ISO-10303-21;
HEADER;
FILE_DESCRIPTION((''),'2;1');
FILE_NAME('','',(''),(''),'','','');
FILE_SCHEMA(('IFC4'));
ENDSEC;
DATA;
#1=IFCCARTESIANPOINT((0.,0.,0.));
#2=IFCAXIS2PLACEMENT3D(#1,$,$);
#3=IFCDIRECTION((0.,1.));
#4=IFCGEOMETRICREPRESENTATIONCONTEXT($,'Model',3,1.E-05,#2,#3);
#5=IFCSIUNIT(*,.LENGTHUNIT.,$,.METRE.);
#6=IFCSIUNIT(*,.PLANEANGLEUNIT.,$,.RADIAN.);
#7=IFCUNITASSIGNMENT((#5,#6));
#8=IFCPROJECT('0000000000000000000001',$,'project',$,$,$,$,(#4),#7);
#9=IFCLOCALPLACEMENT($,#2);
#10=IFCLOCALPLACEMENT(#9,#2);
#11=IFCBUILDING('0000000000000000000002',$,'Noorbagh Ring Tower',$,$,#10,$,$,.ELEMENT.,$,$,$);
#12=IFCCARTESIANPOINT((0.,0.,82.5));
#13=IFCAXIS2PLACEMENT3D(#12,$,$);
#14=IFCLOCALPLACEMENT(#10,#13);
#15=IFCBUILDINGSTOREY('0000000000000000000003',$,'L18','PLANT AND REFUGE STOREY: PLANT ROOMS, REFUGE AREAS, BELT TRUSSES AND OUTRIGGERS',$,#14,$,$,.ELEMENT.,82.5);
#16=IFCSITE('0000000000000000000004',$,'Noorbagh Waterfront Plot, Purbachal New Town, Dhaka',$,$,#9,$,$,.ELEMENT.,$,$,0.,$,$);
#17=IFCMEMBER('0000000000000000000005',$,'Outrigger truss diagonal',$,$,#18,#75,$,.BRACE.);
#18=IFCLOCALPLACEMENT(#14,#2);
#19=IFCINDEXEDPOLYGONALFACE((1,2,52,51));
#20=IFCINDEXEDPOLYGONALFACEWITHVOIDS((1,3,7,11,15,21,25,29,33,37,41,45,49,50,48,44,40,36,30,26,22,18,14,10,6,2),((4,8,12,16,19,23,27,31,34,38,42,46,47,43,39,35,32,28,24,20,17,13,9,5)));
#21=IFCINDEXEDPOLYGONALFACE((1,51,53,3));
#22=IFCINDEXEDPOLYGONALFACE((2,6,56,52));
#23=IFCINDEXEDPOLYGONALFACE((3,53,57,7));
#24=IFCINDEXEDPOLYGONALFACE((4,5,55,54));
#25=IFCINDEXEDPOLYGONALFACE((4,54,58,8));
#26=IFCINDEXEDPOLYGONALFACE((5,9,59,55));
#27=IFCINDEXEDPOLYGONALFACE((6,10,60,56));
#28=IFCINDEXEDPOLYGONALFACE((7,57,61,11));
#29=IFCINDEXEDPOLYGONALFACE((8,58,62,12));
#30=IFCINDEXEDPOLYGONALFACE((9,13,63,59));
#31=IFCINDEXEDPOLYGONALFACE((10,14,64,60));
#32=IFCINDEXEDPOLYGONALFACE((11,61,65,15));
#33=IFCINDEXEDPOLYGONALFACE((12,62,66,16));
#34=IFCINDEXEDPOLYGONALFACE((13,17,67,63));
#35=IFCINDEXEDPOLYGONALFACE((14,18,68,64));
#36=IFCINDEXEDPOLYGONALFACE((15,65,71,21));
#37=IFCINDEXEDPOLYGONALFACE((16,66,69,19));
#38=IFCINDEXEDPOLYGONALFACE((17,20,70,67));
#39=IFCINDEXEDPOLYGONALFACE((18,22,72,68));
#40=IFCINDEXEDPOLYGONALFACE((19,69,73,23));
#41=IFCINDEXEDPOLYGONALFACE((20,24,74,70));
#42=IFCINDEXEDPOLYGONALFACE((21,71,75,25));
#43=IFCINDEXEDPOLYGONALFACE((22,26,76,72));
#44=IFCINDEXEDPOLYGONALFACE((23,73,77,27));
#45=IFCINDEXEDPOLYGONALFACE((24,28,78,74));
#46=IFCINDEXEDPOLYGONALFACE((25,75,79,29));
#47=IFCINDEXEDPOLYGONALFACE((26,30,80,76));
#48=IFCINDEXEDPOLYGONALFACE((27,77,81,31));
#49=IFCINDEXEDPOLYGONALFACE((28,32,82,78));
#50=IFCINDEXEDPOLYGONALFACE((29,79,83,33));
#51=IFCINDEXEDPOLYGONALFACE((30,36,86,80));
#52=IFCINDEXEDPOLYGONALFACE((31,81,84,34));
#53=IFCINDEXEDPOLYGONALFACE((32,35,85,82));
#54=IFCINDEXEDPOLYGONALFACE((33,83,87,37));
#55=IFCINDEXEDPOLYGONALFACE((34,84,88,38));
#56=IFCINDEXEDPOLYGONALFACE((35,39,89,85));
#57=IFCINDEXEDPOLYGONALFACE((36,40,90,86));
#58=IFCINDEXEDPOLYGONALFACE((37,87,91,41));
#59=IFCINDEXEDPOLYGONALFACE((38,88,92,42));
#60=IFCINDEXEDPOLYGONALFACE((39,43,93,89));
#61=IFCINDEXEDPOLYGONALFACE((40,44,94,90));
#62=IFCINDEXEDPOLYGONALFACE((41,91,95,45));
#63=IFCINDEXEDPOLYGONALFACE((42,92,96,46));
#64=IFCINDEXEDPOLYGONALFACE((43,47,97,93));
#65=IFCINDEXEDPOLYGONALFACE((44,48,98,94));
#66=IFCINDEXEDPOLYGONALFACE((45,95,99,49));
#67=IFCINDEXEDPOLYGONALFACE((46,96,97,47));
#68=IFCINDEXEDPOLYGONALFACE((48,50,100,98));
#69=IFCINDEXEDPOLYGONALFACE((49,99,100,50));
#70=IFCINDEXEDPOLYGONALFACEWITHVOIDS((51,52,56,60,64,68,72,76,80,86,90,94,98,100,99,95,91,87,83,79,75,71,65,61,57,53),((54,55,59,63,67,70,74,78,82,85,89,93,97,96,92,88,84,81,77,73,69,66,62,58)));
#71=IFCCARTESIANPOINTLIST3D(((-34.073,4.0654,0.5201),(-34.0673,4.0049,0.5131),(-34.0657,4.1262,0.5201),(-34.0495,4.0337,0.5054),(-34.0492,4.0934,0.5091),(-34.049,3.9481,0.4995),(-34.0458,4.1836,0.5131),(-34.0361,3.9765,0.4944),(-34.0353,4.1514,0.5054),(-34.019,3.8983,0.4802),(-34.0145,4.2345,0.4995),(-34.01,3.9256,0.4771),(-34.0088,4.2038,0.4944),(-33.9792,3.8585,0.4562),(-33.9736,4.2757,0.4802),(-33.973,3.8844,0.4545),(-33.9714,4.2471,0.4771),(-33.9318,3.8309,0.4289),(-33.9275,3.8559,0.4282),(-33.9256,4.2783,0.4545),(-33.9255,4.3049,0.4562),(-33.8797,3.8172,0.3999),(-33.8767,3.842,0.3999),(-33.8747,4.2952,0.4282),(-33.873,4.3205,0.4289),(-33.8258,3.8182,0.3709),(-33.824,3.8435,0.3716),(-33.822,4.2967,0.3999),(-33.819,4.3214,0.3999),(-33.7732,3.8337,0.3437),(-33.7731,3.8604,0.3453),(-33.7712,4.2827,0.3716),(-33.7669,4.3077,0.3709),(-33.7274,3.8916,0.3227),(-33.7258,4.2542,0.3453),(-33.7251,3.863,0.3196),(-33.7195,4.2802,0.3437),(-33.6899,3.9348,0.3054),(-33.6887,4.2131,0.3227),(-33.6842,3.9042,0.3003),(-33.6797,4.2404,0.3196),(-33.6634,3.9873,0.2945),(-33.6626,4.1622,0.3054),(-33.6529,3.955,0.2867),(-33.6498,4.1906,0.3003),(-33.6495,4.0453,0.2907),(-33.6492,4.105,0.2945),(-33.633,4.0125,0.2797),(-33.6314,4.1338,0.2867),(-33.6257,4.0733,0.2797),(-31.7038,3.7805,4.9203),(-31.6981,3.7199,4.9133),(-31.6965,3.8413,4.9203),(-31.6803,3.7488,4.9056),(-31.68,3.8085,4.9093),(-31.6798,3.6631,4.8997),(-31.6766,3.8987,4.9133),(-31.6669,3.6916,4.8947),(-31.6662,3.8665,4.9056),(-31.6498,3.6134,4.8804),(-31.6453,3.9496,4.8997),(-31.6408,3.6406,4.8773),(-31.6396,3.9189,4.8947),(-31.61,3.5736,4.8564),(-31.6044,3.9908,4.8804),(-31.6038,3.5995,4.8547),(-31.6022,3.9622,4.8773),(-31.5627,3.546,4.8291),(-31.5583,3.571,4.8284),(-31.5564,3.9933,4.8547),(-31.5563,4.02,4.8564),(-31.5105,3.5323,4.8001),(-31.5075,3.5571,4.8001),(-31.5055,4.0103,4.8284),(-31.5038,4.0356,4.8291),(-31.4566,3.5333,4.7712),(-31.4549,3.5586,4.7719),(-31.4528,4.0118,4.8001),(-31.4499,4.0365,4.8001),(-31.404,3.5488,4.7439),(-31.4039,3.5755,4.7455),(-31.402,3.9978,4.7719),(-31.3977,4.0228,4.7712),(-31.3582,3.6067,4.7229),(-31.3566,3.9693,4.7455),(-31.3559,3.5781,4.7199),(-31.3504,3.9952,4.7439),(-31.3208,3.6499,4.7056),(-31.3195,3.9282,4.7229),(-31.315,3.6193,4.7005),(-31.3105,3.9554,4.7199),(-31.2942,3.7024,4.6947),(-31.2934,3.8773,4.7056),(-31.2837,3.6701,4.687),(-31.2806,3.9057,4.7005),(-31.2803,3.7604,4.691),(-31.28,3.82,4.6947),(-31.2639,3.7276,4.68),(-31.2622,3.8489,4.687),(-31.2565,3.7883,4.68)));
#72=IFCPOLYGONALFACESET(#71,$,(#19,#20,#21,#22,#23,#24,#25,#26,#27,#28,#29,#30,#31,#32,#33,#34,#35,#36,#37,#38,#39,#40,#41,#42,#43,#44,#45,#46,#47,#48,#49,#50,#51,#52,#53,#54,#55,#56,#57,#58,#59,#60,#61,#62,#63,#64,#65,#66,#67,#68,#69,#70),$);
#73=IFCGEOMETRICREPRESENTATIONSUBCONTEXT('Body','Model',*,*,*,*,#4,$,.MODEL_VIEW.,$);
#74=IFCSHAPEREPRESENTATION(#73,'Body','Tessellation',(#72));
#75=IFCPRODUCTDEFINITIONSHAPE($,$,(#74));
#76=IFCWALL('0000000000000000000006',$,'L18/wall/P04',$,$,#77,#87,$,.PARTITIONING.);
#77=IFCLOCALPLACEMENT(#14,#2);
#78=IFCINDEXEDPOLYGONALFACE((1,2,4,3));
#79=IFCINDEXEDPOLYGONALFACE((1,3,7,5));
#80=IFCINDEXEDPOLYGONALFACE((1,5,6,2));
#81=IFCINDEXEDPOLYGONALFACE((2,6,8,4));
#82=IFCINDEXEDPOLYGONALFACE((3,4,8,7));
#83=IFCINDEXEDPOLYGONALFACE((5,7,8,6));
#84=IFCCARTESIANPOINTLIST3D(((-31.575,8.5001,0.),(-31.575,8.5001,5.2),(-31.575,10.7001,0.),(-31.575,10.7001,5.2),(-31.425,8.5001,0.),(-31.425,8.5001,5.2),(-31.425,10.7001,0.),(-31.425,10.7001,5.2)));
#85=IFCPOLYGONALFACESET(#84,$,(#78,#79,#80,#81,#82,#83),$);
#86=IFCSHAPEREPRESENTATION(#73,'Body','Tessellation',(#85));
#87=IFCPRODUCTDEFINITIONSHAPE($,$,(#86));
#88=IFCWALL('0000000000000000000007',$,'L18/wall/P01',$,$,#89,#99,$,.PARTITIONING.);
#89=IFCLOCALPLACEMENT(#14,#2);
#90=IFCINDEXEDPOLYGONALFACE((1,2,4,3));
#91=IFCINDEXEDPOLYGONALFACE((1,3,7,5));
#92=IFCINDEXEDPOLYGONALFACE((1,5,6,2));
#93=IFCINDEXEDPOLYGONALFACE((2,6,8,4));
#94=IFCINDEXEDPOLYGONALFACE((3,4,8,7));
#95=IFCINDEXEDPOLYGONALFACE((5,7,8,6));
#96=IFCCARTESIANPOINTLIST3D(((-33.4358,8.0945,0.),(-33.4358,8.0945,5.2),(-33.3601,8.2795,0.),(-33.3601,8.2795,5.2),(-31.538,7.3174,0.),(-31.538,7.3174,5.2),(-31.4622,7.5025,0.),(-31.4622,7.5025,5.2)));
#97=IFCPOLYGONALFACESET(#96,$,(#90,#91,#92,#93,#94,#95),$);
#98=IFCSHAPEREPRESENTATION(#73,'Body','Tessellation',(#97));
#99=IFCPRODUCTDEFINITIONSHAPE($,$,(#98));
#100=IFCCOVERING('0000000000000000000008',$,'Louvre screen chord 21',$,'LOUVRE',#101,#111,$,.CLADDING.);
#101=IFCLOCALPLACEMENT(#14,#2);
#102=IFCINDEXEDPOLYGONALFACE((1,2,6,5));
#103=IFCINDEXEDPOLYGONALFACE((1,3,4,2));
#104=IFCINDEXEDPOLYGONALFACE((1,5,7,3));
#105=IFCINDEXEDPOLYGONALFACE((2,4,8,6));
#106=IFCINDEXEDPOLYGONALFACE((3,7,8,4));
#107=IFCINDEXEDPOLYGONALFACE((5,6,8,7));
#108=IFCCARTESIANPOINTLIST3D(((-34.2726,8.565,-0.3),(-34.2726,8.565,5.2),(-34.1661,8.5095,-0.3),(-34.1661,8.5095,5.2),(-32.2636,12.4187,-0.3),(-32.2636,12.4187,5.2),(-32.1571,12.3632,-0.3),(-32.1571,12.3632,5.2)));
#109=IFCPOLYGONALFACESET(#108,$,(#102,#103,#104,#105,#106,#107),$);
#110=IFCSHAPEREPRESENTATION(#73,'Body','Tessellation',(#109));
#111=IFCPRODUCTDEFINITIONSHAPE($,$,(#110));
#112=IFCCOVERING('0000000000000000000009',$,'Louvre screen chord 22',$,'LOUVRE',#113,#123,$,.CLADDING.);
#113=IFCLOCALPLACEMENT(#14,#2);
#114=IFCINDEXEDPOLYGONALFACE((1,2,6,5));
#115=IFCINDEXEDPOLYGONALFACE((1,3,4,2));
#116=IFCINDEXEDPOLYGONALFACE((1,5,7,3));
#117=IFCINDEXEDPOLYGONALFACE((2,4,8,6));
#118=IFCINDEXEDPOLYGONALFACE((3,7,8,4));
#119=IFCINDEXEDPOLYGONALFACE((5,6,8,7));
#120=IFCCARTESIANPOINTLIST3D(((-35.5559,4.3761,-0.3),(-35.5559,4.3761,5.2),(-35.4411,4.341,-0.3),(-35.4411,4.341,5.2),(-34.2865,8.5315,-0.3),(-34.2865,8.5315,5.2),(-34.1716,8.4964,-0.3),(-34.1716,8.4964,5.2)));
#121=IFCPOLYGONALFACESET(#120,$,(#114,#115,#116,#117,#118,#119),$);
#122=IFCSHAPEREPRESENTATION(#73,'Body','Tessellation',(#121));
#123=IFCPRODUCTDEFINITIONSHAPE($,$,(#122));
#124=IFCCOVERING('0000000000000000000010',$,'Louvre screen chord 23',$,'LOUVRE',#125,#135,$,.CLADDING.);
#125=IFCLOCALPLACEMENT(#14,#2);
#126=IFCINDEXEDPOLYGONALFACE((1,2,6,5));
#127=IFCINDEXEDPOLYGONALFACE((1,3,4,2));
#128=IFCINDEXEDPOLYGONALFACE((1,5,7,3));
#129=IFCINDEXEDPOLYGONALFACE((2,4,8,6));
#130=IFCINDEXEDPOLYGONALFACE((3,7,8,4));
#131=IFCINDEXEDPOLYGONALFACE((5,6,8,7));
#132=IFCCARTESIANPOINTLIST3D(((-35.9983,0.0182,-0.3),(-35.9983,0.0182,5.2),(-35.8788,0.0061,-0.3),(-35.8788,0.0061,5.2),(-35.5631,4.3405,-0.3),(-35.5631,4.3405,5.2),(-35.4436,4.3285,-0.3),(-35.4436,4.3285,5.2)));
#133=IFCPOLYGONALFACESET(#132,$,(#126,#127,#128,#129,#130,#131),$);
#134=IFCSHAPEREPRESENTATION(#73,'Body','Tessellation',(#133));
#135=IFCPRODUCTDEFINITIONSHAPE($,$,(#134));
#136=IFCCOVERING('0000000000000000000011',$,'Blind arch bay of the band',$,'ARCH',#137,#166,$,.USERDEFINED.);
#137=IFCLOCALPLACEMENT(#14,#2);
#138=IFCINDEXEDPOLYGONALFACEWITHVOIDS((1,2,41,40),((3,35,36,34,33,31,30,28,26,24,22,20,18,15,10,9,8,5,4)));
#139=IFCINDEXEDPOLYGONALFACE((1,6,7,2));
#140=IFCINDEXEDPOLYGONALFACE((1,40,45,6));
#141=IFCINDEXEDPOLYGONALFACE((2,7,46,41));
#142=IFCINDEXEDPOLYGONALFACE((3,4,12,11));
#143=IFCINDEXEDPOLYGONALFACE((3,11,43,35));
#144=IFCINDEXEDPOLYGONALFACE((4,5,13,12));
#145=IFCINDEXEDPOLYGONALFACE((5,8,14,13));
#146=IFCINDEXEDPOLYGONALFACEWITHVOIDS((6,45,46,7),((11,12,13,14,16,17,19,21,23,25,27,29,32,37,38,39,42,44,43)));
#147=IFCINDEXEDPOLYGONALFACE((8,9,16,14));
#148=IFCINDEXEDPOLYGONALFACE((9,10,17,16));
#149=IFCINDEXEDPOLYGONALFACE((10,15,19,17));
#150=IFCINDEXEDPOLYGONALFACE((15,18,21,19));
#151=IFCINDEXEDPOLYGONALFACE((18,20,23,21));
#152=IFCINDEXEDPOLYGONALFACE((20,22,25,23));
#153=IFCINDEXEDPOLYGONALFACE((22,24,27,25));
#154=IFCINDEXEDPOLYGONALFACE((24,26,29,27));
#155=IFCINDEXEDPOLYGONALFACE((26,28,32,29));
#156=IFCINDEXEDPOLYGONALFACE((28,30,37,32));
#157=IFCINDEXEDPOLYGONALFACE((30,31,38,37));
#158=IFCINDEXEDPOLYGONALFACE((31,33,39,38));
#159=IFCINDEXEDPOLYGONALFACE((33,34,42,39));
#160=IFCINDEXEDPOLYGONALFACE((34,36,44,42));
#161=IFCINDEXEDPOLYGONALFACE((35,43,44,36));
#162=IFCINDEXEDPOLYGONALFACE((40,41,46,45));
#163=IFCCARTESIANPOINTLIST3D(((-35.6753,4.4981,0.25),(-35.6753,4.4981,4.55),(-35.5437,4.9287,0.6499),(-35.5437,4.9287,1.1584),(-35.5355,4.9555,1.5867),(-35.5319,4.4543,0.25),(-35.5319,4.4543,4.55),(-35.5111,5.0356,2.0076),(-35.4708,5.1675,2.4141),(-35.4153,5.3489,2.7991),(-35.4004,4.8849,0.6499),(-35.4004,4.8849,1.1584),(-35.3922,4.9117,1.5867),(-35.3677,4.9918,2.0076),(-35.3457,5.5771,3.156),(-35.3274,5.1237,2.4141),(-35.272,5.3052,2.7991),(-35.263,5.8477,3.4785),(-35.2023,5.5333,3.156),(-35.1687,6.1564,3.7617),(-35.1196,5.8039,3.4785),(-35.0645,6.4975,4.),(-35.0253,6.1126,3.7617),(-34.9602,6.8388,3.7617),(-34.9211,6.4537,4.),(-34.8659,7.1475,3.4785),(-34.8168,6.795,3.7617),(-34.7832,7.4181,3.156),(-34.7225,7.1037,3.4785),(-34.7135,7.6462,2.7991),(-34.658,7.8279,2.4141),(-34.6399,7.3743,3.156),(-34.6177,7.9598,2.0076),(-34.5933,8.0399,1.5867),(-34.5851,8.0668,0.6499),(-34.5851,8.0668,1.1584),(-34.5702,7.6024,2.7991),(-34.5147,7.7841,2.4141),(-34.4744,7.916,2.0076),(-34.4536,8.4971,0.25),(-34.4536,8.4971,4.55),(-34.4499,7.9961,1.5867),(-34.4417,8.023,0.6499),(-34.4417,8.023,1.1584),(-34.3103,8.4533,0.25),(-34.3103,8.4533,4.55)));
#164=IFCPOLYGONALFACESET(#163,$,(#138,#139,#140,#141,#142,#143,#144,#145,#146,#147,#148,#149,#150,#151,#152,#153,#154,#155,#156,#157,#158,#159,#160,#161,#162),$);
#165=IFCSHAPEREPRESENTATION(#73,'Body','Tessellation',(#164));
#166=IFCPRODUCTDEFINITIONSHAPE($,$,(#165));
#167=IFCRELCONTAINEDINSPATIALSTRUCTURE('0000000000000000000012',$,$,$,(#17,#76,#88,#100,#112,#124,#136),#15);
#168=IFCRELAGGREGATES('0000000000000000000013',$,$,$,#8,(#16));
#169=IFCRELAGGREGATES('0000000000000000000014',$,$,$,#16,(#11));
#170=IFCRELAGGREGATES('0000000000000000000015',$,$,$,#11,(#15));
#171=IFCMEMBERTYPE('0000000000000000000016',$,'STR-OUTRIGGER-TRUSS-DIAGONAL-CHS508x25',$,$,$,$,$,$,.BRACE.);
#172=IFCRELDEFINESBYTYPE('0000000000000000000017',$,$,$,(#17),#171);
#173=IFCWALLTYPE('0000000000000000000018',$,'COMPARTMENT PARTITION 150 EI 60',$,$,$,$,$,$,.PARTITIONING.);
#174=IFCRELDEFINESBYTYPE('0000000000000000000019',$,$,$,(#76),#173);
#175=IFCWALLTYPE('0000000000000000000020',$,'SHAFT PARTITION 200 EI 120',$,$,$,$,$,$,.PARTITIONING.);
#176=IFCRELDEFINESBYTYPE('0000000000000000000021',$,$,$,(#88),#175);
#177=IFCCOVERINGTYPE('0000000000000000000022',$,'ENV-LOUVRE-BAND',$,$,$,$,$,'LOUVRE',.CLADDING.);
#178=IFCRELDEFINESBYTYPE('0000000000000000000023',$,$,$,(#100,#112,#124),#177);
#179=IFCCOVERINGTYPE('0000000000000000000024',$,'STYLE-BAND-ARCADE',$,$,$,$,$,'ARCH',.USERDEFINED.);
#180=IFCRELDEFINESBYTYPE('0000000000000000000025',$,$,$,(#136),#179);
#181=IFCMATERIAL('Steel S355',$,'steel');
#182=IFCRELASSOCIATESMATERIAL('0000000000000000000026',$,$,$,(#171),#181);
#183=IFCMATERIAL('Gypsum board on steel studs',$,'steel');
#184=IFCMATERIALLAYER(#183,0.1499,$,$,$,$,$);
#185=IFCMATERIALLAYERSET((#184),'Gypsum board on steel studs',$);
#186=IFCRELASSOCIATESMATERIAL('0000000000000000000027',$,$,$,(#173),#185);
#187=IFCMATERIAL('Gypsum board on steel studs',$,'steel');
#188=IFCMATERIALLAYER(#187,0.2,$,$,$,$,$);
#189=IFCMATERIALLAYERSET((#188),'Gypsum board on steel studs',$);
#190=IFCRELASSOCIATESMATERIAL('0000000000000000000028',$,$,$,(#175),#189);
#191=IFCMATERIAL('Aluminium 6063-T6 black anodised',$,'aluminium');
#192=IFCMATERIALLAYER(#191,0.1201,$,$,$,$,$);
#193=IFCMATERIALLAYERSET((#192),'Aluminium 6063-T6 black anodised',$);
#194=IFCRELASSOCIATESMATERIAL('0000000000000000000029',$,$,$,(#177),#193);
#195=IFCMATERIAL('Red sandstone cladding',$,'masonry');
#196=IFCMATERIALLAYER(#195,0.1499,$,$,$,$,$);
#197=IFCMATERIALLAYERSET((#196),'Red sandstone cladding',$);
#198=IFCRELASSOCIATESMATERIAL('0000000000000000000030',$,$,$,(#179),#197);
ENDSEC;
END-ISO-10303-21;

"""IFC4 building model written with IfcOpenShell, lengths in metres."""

from ifc_helpers import new_model, si_unit, direction, frame, frame_2d, origin, origin_2d, place, context, subcontext, project, spatial, polyline, rectangle, hollow_circle, outline, extrude, material, layer, layer_set, material_profile, profile_set, type_object, element, save


model = new_model("IFC4")

# Units and contexts
model_context = context("Model", 3, precision=1e-05, world=origin(), true_north=direction((0.0, 1.0)))
body_context = subcontext(model_context, "Body", "Model", "MODEL_VIEW")
ifc_project = project(units=[si_unit("LENGTHUNIT", "METRE"), si_unit("PLANEANGLEUNIT", "RADIAN")], contexts=[model_context])

# Site, building, storey
site_placement = place(None, origin())
site = spatial("IfcSite", under=ifc_project, at=site_placement, Name="Noorbagh Waterfront Plot, Purbachal New Town, Dhaka", CompositionType="ELEMENT", RefElevation=0.0)
building_placement = place(site_placement, origin())
building = spatial("IfcBuilding", under=site, at=building_placement, Name="Noorbagh Ring Tower", CompositionType="ELEMENT")
storey_placement = place(building_placement, frame((0.0, 0.0, 82.5)))
storey = spatial("IfcBuildingStorey", under=building, at=storey_placement, Name="L18", Description="PLANT AND REFUGE STOREY: PLANT ROOMS, REFUGE AREAS, BELT TRUSSES AND OUTRIGGERS", CompositionType="ELEMENT", Elevation=82.5)

# Member
ifc_material_1 = material(Name="Steel S355", Category="steel")
ifc_material_profile_1 = material_profile(ifc_material_1, hollow_circle(Radius=0.2539, WallThickness=0.0249, at=origin_2d()), Name="CHS508x25")
ifc_profile_set_1 = profile_set([ifc_material_profile_1], Name="Steel S355")
member_type_1 = type_object("IfcMemberType", Name="STR-OUTRIGGER-TRUSS-DIAGONAL-CHS508x25", PredefinedType="BRACE", material=ifc_profile_set_1)
member_1_placement = place(storey_placement, frame((-33.8494, 4.0693, 0.3999), z_axis=(0.473305, -0.05692, 0.879058), x_axis=(0.119399, 0.992846, 0.0)))
element("IfcMember", 1, at=member_1_placement, inside=storey, type_object=member_type_1, Name="Outrigger truss diagonal", PredefinedType="BRACE", context=body_context, shape_type="SweptSolid", body=[
    extrude(hollow_circle(Radius=0.2539, WallThickness=0.0249, at=origin_2d()), origin(), (0.0, 0.0, 1.0), 5.0056),
])

# Walls
ifc_material_2 = material(Name="Gypsum board on steel studs", Category="steel")
ifc_layer_1 = layer(ifc_material_2, 0.1499)
ifc_layer_set_1 = layer_set([ifc_layer_1], Name="Gypsum board on steel studs")
wall_type_1 = type_object("IfcWallType", Name="COMPARTMENT PARTITION 150 EI 60", PredefinedType="PARTITIONING", material=ifc_layer_set_1)
wall_1_placement = place(storey_placement, frame((-31.5, 8.5, 0.0), z_axis=(0.0, 0.0, 1.0), x_axis=(0.0, 1.0, 0.0)))
element("IfcWall", 2, at=wall_1_placement, inside=storey, type_object=wall_type_1, Name="L18/wall/P04", PredefinedType="PARTITIONING", context=body_context, shape_type="SweptSolid", body=[
    extrude(rectangle(XDim=2.2, YDim=0.1499, at=frame_2d((1.1001, 0.0))), origin(), (0.0, 0.0, 1.0), 5.2),
])
ifc_material_3 = material(Name="Gypsum board on steel studs", Category="steel")
ifc_layer_2 = layer(ifc_material_3, 0.2)
ifc_layer_set_2 = layer_set([ifc_layer_2], Name="Gypsum board on steel studs")
wall_type_2 = type_object("IfcWallType", Name="SHAFT PARTITION 200 EI 120", PredefinedType="PARTITIONING", material=ifc_layer_set_2)
wall_2_placement = place(storey_placement, frame((-33.3979, 8.187, 0.0), z_axis=(0.0, 0.0, 1.0), x_axis=(0.925433, -0.378911, 0.0)))
element("IfcWall", 3, at=wall_2_placement, inside=storey, type_object=wall_type_2, Name="L18/wall/P01", PredefinedType="PARTITIONING", context=body_context, shape_type="SweptSolid", body=[
    extrude(rectangle(XDim=2.0508, YDim=0.2, at=frame_2d((1.0254, 0.0))), origin(), (0.0, 0.0, 1.0), 5.2),
])

# Coverings
ifc_material_4 = material(Name="Aluminium 6063-T6 black anodised", Category="aluminium")
ifc_layer_3 = layer(ifc_material_4, 0.1201)
ifc_layer_set_3 = layer_set([ifc_layer_3], Name="Aluminium 6063-T6 black anodised")
covering_type_1 = type_object("IfcCoveringType", Name="ENV-LOUVRE-BAND", ElementType="LOUVRE", PredefinedType="CLADDING", material=ifc_layer_set_3)
covering_1_placement = place(storey_placement, frame((-33.2148, 10.4641, -0.3), z_axis=(0.0, 0.0, 1.0), x_axis=(-0.462278, -0.886735, 0.0)))
element("IfcCovering", 4, at=covering_1_placement, inside=storey, type_object=covering_type_1, Name="Louvre screen chord 21", ObjectType="LOUVRE", PredefinedType="CLADDING", context=body_context, shape_type="SweptSolid", body=[
    extrude(rectangle(XDim=4.3459, YDim=0.1201, at=origin_2d()), origin(), (0.0, 0.0, 1.0), 5.5),
])
covering_2_placement = place(storey_placement, frame((-34.8638, 6.4363, -0.3), z_axis=(0.0, 0.0, 1.0), x_axis=(-0.29217, -0.956366, 0.0)))
element("IfcCovering", 5, at=covering_2_placement, inside=storey, type_object=covering_type_1, Name="Louvre screen chord 22", ObjectType="LOUVRE", PredefinedType="CLADDING", context=body_context, shape_type="SweptSolid", body=[
    extrude(rectangle(XDim=4.345, YDim=0.1201, at=origin_2d()), origin(), (0.0, 0.0, 1.0), 5.5),
])
covering_3_placement = place(storey_placement, frame((-35.7209, 2.1733, -0.3), z_axis=(0.0, 0.0, 1.0), x_axis=(-0.100178, -0.99497, 0.0)))
element("IfcCovering", 6, at=covering_3_placement, inside=storey, type_object=covering_type_1, Name="Louvre screen chord 23", ObjectType="LOUVRE", PredefinedType="CLADDING", context=body_context, shape_type="SweptSolid", body=[
    extrude(rectangle(XDim=4.3442, YDim=0.1201, at=origin_2d()), origin(), (0.0, 0.0, 1.0), 5.5),
])
ifc_material_5 = material(Name="Red sandstone cladding", Category="masonry")
ifc_layer_4 = layer(ifc_material_5, 0.1499)
ifc_layer_set_4 = layer_set([ifc_layer_4], Name="Red sandstone cladding")
covering_type_2 = type_object("IfcCoveringType", Name="STYLE-BAND-ARCADE", ElementType="ARCH", PredefinedType="USERDEFINED", material=ifc_layer_set_4)
covering_4_placement = place(storey_placement, frame((-34.4536, 8.4971, 0.25), z_axis=(-0.956368, 0.292165, 0.0), x_axis=(-0.292165, -0.956368, 0.0)))
element("IfcCovering", 7, at=covering_4_placement, inside=storey, type_object=covering_type_2, Name="Blind arch bay of the band", ObjectType="ARCH", PredefinedType="USERDEFINED", context=body_context, shape_type="SweptSolid", body=[
    extrude(outline(polyline([(0.0, 0.0), (4.1814, 0.0), (4.1814, 4.3), (0.0, 4.3), (0.0, 0.0)]), holes=[polyline([(0.45, 0.3999), (0.45, 0.9084), (0.478, 1.3367), (0.5618, 1.7576), (0.6997, 2.1641), (0.8896, 2.5491), (1.1282, 2.906), (1.4111, 3.2285), (1.7339, 3.5117), (2.0908, 3.75), (2.4475, 3.5117), (2.7703, 3.2285), (3.0532, 2.906), (3.2917, 2.5491), (3.4814, 2.1641), (3.6194, 1.7576), (3.7031, 1.3367), (3.7312, 0.9084), (3.7312, 0.3999), (0.45, 0.3999)])]), origin(), (0.0, 0.0, -1.0), 0.1499),
])

save(model, "model.ifc")
